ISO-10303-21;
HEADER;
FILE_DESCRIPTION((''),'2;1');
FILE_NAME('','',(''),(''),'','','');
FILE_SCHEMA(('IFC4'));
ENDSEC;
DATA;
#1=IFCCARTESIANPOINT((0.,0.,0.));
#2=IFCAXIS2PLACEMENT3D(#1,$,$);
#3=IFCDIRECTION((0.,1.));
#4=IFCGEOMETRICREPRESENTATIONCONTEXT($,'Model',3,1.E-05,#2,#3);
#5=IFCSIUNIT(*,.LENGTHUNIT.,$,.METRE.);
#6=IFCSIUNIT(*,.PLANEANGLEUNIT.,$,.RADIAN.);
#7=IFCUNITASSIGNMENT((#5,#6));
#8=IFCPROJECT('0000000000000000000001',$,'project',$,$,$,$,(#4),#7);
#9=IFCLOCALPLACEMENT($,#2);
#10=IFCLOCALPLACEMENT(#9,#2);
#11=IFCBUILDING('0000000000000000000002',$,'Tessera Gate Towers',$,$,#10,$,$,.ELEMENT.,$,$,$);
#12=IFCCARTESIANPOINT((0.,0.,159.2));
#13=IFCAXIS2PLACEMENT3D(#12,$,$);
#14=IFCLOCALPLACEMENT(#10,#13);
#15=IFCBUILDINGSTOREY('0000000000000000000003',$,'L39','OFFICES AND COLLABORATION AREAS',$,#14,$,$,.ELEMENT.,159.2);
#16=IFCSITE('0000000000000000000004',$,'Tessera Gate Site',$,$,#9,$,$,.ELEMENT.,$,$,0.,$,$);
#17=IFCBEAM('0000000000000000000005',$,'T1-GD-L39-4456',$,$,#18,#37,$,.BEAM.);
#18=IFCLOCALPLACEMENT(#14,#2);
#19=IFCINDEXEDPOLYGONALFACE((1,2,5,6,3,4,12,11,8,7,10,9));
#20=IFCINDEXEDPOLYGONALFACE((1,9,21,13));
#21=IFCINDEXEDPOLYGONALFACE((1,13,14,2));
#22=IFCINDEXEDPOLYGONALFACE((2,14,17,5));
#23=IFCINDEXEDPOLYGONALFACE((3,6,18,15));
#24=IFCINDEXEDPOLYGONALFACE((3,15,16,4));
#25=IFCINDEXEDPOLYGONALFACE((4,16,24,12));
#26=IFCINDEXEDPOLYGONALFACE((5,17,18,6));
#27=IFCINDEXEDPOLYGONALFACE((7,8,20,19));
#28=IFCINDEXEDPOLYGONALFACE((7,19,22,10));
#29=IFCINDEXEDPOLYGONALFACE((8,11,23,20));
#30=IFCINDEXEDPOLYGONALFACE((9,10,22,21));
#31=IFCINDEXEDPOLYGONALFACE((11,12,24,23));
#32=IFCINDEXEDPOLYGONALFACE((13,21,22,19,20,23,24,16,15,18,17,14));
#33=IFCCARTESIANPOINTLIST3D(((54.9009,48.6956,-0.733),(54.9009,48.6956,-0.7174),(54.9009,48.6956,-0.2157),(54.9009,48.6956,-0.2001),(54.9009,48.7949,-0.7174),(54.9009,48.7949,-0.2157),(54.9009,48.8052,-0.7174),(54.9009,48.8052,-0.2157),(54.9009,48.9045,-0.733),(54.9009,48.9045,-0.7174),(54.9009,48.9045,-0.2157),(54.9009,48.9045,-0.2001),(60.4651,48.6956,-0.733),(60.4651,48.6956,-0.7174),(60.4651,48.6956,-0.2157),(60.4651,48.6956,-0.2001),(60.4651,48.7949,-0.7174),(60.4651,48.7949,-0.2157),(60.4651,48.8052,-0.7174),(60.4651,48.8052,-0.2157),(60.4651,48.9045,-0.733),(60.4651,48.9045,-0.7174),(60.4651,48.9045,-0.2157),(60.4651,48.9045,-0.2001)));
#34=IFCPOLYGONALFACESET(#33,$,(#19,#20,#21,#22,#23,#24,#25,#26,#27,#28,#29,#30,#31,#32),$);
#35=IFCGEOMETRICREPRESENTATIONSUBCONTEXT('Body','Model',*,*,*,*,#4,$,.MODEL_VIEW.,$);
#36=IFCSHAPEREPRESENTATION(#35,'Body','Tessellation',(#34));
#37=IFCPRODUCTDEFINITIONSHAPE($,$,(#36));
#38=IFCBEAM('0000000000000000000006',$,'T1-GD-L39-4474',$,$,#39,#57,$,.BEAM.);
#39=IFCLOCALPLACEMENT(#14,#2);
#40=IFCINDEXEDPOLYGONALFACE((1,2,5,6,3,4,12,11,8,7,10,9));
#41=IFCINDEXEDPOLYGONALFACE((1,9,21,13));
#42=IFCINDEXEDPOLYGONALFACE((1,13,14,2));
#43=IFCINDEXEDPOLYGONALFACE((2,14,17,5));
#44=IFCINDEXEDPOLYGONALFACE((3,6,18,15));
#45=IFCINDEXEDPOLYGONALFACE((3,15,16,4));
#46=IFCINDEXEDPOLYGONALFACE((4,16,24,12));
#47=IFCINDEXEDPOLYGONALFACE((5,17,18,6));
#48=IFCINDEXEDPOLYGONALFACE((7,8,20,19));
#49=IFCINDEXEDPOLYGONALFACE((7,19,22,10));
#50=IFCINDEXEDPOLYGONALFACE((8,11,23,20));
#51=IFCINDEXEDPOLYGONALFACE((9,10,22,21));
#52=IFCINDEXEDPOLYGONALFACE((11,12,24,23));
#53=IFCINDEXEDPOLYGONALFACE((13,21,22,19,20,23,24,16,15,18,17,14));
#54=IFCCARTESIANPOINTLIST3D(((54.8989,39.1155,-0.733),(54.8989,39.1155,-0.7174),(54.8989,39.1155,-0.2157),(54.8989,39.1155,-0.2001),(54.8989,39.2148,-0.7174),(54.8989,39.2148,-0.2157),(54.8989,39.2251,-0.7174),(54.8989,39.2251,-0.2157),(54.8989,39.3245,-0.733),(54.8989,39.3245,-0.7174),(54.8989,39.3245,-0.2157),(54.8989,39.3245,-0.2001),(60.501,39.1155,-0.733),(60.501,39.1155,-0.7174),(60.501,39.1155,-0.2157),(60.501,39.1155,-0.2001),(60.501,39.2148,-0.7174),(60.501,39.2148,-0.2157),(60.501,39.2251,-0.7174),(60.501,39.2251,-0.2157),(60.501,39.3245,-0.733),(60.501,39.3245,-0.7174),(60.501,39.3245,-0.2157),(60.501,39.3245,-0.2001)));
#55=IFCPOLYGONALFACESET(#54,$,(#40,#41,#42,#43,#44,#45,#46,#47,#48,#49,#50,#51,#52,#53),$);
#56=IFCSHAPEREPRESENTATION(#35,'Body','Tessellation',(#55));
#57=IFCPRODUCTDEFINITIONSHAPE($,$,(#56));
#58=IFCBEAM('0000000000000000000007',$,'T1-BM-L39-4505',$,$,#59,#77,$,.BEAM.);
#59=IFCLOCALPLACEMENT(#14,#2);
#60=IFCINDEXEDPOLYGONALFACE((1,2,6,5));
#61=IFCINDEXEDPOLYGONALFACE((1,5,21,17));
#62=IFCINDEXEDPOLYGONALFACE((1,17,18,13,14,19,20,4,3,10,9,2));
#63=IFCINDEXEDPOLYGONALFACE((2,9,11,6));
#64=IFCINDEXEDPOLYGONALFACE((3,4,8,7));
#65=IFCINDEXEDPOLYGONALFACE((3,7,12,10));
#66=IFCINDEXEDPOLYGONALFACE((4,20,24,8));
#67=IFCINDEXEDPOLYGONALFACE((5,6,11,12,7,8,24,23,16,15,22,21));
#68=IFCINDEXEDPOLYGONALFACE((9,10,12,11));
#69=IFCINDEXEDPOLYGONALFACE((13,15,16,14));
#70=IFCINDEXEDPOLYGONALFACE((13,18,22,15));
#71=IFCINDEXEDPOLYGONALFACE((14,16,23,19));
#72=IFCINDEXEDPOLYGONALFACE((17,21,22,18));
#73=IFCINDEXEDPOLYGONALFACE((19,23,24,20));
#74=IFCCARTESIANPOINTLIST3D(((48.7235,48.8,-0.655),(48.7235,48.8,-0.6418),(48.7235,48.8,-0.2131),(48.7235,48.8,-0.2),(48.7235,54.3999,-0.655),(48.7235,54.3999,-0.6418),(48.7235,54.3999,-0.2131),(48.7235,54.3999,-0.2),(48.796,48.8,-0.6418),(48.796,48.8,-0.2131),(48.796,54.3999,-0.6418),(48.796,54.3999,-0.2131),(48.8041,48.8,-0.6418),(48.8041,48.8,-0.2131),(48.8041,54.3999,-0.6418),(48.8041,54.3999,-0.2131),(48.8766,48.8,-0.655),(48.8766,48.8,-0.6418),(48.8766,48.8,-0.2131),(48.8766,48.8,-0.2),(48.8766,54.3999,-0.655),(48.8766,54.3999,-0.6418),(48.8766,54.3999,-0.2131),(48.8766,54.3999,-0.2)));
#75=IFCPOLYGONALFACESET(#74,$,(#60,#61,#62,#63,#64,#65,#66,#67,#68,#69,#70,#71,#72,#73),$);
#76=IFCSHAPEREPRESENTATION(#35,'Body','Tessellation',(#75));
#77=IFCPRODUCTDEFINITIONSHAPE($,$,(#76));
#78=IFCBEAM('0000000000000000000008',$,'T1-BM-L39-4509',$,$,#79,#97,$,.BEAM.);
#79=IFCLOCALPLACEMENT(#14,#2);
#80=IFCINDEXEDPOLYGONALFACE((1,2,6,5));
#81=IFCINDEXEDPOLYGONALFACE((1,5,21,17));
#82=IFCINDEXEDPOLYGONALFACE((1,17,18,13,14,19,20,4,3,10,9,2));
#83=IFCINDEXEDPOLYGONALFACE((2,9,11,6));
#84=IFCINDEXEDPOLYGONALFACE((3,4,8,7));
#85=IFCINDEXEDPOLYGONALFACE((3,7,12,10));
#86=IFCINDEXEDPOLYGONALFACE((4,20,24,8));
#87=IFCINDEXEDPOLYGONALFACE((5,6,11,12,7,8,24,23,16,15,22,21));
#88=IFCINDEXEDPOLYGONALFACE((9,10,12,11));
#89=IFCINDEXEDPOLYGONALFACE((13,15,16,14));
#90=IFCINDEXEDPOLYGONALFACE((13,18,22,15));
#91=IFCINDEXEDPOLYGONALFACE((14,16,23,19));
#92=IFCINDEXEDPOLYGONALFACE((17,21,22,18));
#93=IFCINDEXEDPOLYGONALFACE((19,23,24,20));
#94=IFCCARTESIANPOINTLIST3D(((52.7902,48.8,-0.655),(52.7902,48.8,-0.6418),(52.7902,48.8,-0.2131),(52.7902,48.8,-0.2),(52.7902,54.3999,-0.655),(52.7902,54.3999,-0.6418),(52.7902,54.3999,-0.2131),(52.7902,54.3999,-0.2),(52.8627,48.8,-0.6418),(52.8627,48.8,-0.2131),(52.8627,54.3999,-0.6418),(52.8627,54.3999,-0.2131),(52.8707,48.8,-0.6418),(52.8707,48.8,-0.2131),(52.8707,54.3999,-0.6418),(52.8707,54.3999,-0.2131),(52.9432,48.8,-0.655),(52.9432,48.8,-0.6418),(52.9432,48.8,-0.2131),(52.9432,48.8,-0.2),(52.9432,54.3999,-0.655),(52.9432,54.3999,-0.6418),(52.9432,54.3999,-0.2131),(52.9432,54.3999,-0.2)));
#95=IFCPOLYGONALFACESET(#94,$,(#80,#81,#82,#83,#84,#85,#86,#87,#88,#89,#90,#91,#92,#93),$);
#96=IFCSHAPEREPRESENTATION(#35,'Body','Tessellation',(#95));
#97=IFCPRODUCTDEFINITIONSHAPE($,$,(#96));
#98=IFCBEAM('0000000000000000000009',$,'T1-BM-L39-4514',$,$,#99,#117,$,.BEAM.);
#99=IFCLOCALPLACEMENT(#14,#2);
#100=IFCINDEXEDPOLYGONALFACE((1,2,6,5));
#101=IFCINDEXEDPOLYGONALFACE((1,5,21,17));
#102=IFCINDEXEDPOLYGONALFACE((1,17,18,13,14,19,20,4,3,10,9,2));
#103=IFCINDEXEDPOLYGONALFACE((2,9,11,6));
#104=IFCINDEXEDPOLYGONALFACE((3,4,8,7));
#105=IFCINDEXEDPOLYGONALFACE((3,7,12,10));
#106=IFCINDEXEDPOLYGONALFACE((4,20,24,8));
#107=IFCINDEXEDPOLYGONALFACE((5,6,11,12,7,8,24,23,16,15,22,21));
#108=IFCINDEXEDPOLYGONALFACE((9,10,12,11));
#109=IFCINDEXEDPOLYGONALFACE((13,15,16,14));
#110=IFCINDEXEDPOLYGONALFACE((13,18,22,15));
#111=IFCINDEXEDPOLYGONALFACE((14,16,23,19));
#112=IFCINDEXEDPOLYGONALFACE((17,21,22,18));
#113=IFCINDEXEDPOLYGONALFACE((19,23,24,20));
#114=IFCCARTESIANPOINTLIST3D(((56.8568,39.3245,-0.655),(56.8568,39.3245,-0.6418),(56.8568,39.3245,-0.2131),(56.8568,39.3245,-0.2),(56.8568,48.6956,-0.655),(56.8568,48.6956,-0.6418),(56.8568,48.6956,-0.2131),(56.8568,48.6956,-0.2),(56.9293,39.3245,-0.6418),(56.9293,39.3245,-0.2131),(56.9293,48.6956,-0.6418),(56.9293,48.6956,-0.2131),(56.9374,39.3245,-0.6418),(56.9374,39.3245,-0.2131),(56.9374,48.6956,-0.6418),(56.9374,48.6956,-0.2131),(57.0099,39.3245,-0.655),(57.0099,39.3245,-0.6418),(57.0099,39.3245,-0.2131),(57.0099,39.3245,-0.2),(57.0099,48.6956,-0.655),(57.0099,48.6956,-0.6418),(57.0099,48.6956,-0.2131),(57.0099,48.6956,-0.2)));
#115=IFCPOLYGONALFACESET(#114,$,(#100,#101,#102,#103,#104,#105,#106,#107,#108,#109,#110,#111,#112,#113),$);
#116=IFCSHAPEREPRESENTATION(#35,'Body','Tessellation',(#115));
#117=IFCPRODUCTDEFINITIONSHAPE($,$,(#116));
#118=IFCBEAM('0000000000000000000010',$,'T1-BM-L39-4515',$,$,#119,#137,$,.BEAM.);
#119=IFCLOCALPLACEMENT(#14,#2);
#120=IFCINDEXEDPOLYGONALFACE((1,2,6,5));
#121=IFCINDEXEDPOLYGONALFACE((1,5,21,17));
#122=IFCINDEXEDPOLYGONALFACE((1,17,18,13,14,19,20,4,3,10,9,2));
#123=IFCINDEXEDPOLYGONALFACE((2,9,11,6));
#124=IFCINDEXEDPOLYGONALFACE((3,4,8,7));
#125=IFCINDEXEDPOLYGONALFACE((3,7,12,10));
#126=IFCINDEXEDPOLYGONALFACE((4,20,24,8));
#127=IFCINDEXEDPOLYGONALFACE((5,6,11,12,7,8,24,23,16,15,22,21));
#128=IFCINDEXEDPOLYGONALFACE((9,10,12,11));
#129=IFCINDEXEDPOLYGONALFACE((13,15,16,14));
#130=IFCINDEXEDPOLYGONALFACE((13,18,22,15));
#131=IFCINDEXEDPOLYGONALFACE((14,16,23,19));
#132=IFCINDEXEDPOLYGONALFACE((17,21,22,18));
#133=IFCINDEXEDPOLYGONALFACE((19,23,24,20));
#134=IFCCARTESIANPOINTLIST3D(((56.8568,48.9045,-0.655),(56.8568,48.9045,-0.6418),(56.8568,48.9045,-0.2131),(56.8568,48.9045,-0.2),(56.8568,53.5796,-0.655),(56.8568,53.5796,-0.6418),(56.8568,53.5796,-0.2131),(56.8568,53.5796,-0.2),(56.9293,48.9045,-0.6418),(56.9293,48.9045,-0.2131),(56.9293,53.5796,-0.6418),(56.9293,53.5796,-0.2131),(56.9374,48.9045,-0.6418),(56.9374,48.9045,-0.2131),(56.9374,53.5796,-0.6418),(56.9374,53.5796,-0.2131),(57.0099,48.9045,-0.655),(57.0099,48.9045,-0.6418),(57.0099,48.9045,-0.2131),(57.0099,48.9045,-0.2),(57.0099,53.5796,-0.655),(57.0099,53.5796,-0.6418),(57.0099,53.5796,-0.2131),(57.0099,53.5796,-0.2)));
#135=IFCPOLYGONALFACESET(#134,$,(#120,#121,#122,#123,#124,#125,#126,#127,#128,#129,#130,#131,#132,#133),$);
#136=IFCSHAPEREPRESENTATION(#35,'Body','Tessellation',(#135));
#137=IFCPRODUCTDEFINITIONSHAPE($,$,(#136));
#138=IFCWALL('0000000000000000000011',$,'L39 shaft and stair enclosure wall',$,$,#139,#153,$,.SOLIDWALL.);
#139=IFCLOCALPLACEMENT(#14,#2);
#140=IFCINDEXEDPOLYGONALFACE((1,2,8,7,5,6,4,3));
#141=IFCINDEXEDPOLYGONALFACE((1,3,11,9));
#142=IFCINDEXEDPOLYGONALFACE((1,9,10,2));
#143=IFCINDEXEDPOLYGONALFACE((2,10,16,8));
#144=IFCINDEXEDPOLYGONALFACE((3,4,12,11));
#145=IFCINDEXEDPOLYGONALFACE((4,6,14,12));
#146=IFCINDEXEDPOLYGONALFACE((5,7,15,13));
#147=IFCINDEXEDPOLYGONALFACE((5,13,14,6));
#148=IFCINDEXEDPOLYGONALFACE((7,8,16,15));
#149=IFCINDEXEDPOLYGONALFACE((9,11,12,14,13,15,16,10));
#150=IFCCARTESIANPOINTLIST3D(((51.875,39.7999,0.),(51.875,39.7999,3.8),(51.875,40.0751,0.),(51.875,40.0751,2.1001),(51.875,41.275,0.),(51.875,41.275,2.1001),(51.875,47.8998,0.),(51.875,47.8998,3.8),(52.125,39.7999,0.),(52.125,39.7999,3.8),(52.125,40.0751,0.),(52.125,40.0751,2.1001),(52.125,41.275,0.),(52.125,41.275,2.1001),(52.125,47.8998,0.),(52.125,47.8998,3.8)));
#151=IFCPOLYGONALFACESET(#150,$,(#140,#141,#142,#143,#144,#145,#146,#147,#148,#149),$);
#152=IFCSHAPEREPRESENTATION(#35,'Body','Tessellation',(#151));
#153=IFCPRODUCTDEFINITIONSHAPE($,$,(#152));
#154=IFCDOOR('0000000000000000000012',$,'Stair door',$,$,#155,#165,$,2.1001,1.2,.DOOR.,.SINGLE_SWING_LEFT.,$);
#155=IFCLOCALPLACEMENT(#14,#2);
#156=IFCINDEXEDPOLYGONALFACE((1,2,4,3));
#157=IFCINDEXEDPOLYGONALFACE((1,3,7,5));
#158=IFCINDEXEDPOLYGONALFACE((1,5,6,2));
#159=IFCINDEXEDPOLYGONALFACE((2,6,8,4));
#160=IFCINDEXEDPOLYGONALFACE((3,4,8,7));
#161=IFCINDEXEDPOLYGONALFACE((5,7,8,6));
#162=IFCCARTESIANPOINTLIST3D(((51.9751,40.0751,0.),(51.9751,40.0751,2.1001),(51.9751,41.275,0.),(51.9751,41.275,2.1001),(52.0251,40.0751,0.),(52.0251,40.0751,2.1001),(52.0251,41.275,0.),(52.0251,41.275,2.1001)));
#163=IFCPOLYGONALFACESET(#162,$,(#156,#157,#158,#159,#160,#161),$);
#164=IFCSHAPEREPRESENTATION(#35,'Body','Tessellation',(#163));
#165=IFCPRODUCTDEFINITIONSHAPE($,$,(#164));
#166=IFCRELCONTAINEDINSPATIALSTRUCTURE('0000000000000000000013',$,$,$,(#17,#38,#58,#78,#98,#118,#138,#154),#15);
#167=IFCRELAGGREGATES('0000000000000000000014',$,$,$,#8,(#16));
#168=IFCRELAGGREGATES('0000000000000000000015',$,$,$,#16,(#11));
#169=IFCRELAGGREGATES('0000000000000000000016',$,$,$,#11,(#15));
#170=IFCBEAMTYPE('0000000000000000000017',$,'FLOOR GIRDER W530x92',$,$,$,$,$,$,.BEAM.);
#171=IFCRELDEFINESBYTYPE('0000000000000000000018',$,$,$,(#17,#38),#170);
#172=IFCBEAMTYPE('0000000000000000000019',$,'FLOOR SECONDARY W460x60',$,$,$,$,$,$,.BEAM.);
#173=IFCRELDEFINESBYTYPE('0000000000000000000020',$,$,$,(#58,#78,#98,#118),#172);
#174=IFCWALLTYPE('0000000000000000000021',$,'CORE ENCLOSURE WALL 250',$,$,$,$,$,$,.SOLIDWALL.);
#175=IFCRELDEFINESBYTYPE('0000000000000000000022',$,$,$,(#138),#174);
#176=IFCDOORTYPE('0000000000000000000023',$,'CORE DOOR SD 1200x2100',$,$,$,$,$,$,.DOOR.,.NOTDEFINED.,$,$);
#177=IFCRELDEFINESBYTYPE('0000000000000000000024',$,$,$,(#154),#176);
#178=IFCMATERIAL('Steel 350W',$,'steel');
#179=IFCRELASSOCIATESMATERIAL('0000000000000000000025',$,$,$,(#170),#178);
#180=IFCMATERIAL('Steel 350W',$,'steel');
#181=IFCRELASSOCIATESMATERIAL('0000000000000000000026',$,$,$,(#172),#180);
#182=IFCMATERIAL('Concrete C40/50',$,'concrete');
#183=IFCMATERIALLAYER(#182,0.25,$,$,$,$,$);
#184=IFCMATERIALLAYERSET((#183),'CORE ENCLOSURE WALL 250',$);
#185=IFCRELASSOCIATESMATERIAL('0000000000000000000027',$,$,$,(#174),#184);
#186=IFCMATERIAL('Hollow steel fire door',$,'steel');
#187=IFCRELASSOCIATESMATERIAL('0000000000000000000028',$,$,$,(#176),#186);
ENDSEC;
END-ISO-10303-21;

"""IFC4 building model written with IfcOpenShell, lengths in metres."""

from ifc_helpers import new_model, si_unit, direction, frame, frame_2d, origin, origin_2d, place, context, subcontext, project, spatial, rectangle, i_section, extrude, source, transform, mapped, material, layer, layer_set, material_profile, profile_set, type_object, element, fill, save


model = new_model("IFC4")

# Units and contexts
model_context = context("Model", 3, precision=1e-05, world=origin(), true_north=direction((0.0, 1.0)))
body_context = subcontext(model_context, "Body", "Model", "MODEL_VIEW")
ifc_project = project(units=[si_unit("LENGTHUNIT", "METRE"), si_unit("PLANEANGLEUNIT", "RADIAN")], contexts=[model_context])

# Site, building, storey
site_placement = place(None, origin())
site = spatial("IfcSite", under=ifc_project, at=site_placement, Name="Tessera Gate Site", CompositionType="ELEMENT", RefElevation=0.0)
building_placement = place(site_placement, origin())
building = spatial("IfcBuilding", under=site, at=building_placement, Name="Tessera Gate Towers", CompositionType="ELEMENT")
storey_placement = place(building_placement, frame((0.0, 0.0, 159.2)))
storey = spatial("IfcBuildingStorey", under=building, at=storey_placement, Name="L39", Description="OFFICES AND COLLABORATION AREAS", CompositionType="ELEMENT", Elevation=159.2)

# Beams
ifc_material_1 = material(Name="Steel 350W", Category="steel")
ifc_material_profile_1 = material_profile(ifc_material_1, i_section(OverallWidth=0.209, OverallDepth=0.533, WebThickness=0.0103, FlangeThickness=0.0156, at=origin_2d()), Name="W530x92")
ifc_profile_set_1 = profile_set([ifc_material_profile_1], Name="Steel 350W")
beam_type_1 = type_object("IfcBeamType", Name="FLOOR GIRDER W530x92", PredefinedType="BEAM", material=ifc_profile_set_1)
beam_1_placement = place(storey_placement, frame((54.9009, 48.8, -0.4666), z_axis=(1.0, 0.0, 0.0), x_axis=(0.0, 1.0, 0.0)))
element("IfcBeam", 1, at=beam_1_placement, inside=storey, type_object=beam_type_1, Name="T1-GD-L39-4456", PredefinedType="BEAM", context=body_context, shape_type="SweptSolid", body=[
    extrude(i_section(OverallWidth=0.209, OverallDepth=0.533, WebThickness=0.0103, FlangeThickness=0.0156, at=origin_2d()), origin(), (0.0, 0.0, 1.0), 5.5642),
])
beam_2_placement = place(storey_placement, frame((54.8989, 39.22, -0.4666), z_axis=(1.0, 0.0, 0.0), x_axis=(0.0, 1.0, 0.0)))
element("IfcBeam", 2, at=beam_2_placement, inside=storey, type_object=beam_type_1, Name="T1-GD-L39-4474", PredefinedType="BEAM", context=body_context, shape_type="SweptSolid", body=[
    extrude(i_section(OverallWidth=0.209, OverallDepth=0.533, WebThickness=0.0103, FlangeThickness=0.0156, at=origin_2d()), origin(), (0.0, 0.0, 1.0), 5.6021),
])
ifc_material_2 = material(Name="Steel 350W", Category="steel")
ifc_material_profile_2 = material_profile(ifc_material_2, i_section(OverallWidth=0.1531, OverallDepth=0.4551, WebThickness=0.0081, FlangeThickness=0.0132, at=origin_2d()), Name="W460x60")
ifc_profile_set_2 = profile_set([ifc_material_profile_2], Name="Steel 350W")
beam_type_2 = type_object("IfcBeamType", Name="FLOOR SECONDARY W460x60", PredefinedType="BEAM", material=ifc_profile_set_2)
for number, where, z_axis, x_axis, name in (
    (3, (48.8, 48.8, -0.4275), (0.0, 1.0, 0.0), (-1.0, 0.0, 0.0), "T1-BM-L39-4505"),
    (4, (52.8667, 48.8, -0.4275), (0.0, 1.0, 0.0), (-1.0, 0.0, 0.0), "T1-BM-L39-4509"),
):
    element("IfcBeam", number, at=place(storey_placement, frame(where, z_axis=z_axis, x_axis=x_axis)), inside=storey, type_object=beam_type_2, Name=name, PredefinedType="BEAM", context=body_context, shape_type="SweptSolid", body=[
        extrude(i_section(OverallWidth=0.1531, OverallDepth=0.4551, WebThickness=0.0081, FlangeThickness=0.0132, at=origin_2d()), origin(), (0.0, 0.0, 1.0), 5.5999),
    ])
beam_3_placement = place(storey_placement, frame((56.9333, 39.3245, -0.4275), z_axis=(0.0, 1.0, 0.0), x_axis=(-1.0, 0.0, 0.0)))
element("IfcBeam", 5, at=beam_3_placement, inside=storey, type_object=beam_type_2, Name="T1-BM-L39-4514", PredefinedType="BEAM", context=body_context, shape_type="SweptSolid", body=[
    extrude(i_section(OverallWidth=0.1531, OverallDepth=0.4551, WebThickness=0.0081, FlangeThickness=0.0132, at=origin_2d()), origin(), (0.0, 0.0, 1.0), 9.3711),
])
beam_4_placement = place(storey_placement, frame((56.9333, 48.9045, -0.4275), z_axis=(0.0, 1.0, 0.0), x_axis=(-1.0, 0.0, 0.0)))
element("IfcBeam", 6, at=beam_4_placement, inside=storey, type_object=beam_type_2, Name="T1-BM-L39-4515", PredefinedType="BEAM", context=body_context, shape_type="SweptSolid", body=[
    extrude(i_section(OverallWidth=0.1531, OverallDepth=0.4551, WebThickness=0.0081, FlangeThickness=0.0132, at=origin_2d()), origin(), (0.0, 0.0, 1.0), 4.675),
])

# Wall, opening, door
ifc_material_3 = material(Name="Concrete C40/50", Category="concrete")
ifc_layer_1 = layer(ifc_material_3, 0.25)
ifc_layer_set_1 = layer_set([ifc_layer_1], Name="CORE ENCLOSURE WALL 250")
wall_type_1 = type_object("IfcWallType", Name="CORE ENCLOSURE WALL 250", PredefinedType="SOLIDWALL", material=ifc_layer_set_1)
wall_1_placement = place(storey_placement, frame((52.0, 39.8, 0.0), z_axis=(0.0, 0.0, 1.0), x_axis=(0.0, 1.0, 0.0)))
wall_1 = element("IfcWall", 7, at=wall_1_placement, inside=storey, type_object=wall_type_1, Name="L39 shaft and stair enclosure wall", PredefinedType="SOLIDWALL", context=body_context, shape_type="SweptSolid", body=[
    extrude(rectangle(XDim=8.0999, YDim=0.25, at=frame_2d((4.0498, 0.0))), origin(), (0.0, 0.0, 1.0), 3.8),
])
shared_shape_1 = source(origin(), body_context, "Body", "SweptSolid", [
    extrude(rectangle(XDim=1.2, YDim=2.1001, at=frame_2d((0.6001, 1.05))), frame((0.0, 0.135, 0.0), z_axis=(0.0, -1.0, 0.0), x_axis=(1.0, 0.0, 0.0)), (0.0, 0.0, 1.0), 0.27),
])
opening_1_placement = place(wall_1_placement, frame((0.2749, 0.0, 0.0)))
opening_1 = element("IfcOpeningElement", 8, at=opening_1_placement, cuts=wall_1, PredefinedType="OPENING", context=body_context, shape_type="MappedRepresentation", body=[
    mapped(shared_shape_1, transform((0.0, 0.0, 0.0), scale=1.0)),
])
ifc_material_4 = material(Name="Hollow steel fire door", Category="steel")
door_type_1 = type_object("IfcDoorType", Name="CORE DOOR SD 1200x2100", OperationType="NOTDEFINED", PredefinedType="DOOR", material=ifc_material_4)
shared_shape_2 = source(origin(), body_context, "Body", "SweptSolid", [
    extrude(rectangle(XDim=1.2, YDim=2.1001, at=frame_2d((0.6001, 1.05))), frame((0.0, 0.0249, 0.0), z_axis=(0.0, -1.0, 0.0), x_axis=(1.0, 0.0, 0.0)), (0.0, 0.0, 1.0), 0.05),
])
door_1_placement = place(opening_1_placement, origin())
door_1 = element("IfcDoor", 9, at=door_1_placement, inside=storey, type_object=door_type_1, Name="Stair door", OperationType="SINGLE_SWING_LEFT", OverallHeight=2.1001, OverallWidth=1.2, PredefinedType="DOOR", context=body_context, shape_type="MappedRepresentation", body=[
    mapped(shared_shape_2, transform((0.0, 0.0, 0.0), scale=1.0)),
])
fill(opening_1, door_1)

save(model, "model.ifc")
